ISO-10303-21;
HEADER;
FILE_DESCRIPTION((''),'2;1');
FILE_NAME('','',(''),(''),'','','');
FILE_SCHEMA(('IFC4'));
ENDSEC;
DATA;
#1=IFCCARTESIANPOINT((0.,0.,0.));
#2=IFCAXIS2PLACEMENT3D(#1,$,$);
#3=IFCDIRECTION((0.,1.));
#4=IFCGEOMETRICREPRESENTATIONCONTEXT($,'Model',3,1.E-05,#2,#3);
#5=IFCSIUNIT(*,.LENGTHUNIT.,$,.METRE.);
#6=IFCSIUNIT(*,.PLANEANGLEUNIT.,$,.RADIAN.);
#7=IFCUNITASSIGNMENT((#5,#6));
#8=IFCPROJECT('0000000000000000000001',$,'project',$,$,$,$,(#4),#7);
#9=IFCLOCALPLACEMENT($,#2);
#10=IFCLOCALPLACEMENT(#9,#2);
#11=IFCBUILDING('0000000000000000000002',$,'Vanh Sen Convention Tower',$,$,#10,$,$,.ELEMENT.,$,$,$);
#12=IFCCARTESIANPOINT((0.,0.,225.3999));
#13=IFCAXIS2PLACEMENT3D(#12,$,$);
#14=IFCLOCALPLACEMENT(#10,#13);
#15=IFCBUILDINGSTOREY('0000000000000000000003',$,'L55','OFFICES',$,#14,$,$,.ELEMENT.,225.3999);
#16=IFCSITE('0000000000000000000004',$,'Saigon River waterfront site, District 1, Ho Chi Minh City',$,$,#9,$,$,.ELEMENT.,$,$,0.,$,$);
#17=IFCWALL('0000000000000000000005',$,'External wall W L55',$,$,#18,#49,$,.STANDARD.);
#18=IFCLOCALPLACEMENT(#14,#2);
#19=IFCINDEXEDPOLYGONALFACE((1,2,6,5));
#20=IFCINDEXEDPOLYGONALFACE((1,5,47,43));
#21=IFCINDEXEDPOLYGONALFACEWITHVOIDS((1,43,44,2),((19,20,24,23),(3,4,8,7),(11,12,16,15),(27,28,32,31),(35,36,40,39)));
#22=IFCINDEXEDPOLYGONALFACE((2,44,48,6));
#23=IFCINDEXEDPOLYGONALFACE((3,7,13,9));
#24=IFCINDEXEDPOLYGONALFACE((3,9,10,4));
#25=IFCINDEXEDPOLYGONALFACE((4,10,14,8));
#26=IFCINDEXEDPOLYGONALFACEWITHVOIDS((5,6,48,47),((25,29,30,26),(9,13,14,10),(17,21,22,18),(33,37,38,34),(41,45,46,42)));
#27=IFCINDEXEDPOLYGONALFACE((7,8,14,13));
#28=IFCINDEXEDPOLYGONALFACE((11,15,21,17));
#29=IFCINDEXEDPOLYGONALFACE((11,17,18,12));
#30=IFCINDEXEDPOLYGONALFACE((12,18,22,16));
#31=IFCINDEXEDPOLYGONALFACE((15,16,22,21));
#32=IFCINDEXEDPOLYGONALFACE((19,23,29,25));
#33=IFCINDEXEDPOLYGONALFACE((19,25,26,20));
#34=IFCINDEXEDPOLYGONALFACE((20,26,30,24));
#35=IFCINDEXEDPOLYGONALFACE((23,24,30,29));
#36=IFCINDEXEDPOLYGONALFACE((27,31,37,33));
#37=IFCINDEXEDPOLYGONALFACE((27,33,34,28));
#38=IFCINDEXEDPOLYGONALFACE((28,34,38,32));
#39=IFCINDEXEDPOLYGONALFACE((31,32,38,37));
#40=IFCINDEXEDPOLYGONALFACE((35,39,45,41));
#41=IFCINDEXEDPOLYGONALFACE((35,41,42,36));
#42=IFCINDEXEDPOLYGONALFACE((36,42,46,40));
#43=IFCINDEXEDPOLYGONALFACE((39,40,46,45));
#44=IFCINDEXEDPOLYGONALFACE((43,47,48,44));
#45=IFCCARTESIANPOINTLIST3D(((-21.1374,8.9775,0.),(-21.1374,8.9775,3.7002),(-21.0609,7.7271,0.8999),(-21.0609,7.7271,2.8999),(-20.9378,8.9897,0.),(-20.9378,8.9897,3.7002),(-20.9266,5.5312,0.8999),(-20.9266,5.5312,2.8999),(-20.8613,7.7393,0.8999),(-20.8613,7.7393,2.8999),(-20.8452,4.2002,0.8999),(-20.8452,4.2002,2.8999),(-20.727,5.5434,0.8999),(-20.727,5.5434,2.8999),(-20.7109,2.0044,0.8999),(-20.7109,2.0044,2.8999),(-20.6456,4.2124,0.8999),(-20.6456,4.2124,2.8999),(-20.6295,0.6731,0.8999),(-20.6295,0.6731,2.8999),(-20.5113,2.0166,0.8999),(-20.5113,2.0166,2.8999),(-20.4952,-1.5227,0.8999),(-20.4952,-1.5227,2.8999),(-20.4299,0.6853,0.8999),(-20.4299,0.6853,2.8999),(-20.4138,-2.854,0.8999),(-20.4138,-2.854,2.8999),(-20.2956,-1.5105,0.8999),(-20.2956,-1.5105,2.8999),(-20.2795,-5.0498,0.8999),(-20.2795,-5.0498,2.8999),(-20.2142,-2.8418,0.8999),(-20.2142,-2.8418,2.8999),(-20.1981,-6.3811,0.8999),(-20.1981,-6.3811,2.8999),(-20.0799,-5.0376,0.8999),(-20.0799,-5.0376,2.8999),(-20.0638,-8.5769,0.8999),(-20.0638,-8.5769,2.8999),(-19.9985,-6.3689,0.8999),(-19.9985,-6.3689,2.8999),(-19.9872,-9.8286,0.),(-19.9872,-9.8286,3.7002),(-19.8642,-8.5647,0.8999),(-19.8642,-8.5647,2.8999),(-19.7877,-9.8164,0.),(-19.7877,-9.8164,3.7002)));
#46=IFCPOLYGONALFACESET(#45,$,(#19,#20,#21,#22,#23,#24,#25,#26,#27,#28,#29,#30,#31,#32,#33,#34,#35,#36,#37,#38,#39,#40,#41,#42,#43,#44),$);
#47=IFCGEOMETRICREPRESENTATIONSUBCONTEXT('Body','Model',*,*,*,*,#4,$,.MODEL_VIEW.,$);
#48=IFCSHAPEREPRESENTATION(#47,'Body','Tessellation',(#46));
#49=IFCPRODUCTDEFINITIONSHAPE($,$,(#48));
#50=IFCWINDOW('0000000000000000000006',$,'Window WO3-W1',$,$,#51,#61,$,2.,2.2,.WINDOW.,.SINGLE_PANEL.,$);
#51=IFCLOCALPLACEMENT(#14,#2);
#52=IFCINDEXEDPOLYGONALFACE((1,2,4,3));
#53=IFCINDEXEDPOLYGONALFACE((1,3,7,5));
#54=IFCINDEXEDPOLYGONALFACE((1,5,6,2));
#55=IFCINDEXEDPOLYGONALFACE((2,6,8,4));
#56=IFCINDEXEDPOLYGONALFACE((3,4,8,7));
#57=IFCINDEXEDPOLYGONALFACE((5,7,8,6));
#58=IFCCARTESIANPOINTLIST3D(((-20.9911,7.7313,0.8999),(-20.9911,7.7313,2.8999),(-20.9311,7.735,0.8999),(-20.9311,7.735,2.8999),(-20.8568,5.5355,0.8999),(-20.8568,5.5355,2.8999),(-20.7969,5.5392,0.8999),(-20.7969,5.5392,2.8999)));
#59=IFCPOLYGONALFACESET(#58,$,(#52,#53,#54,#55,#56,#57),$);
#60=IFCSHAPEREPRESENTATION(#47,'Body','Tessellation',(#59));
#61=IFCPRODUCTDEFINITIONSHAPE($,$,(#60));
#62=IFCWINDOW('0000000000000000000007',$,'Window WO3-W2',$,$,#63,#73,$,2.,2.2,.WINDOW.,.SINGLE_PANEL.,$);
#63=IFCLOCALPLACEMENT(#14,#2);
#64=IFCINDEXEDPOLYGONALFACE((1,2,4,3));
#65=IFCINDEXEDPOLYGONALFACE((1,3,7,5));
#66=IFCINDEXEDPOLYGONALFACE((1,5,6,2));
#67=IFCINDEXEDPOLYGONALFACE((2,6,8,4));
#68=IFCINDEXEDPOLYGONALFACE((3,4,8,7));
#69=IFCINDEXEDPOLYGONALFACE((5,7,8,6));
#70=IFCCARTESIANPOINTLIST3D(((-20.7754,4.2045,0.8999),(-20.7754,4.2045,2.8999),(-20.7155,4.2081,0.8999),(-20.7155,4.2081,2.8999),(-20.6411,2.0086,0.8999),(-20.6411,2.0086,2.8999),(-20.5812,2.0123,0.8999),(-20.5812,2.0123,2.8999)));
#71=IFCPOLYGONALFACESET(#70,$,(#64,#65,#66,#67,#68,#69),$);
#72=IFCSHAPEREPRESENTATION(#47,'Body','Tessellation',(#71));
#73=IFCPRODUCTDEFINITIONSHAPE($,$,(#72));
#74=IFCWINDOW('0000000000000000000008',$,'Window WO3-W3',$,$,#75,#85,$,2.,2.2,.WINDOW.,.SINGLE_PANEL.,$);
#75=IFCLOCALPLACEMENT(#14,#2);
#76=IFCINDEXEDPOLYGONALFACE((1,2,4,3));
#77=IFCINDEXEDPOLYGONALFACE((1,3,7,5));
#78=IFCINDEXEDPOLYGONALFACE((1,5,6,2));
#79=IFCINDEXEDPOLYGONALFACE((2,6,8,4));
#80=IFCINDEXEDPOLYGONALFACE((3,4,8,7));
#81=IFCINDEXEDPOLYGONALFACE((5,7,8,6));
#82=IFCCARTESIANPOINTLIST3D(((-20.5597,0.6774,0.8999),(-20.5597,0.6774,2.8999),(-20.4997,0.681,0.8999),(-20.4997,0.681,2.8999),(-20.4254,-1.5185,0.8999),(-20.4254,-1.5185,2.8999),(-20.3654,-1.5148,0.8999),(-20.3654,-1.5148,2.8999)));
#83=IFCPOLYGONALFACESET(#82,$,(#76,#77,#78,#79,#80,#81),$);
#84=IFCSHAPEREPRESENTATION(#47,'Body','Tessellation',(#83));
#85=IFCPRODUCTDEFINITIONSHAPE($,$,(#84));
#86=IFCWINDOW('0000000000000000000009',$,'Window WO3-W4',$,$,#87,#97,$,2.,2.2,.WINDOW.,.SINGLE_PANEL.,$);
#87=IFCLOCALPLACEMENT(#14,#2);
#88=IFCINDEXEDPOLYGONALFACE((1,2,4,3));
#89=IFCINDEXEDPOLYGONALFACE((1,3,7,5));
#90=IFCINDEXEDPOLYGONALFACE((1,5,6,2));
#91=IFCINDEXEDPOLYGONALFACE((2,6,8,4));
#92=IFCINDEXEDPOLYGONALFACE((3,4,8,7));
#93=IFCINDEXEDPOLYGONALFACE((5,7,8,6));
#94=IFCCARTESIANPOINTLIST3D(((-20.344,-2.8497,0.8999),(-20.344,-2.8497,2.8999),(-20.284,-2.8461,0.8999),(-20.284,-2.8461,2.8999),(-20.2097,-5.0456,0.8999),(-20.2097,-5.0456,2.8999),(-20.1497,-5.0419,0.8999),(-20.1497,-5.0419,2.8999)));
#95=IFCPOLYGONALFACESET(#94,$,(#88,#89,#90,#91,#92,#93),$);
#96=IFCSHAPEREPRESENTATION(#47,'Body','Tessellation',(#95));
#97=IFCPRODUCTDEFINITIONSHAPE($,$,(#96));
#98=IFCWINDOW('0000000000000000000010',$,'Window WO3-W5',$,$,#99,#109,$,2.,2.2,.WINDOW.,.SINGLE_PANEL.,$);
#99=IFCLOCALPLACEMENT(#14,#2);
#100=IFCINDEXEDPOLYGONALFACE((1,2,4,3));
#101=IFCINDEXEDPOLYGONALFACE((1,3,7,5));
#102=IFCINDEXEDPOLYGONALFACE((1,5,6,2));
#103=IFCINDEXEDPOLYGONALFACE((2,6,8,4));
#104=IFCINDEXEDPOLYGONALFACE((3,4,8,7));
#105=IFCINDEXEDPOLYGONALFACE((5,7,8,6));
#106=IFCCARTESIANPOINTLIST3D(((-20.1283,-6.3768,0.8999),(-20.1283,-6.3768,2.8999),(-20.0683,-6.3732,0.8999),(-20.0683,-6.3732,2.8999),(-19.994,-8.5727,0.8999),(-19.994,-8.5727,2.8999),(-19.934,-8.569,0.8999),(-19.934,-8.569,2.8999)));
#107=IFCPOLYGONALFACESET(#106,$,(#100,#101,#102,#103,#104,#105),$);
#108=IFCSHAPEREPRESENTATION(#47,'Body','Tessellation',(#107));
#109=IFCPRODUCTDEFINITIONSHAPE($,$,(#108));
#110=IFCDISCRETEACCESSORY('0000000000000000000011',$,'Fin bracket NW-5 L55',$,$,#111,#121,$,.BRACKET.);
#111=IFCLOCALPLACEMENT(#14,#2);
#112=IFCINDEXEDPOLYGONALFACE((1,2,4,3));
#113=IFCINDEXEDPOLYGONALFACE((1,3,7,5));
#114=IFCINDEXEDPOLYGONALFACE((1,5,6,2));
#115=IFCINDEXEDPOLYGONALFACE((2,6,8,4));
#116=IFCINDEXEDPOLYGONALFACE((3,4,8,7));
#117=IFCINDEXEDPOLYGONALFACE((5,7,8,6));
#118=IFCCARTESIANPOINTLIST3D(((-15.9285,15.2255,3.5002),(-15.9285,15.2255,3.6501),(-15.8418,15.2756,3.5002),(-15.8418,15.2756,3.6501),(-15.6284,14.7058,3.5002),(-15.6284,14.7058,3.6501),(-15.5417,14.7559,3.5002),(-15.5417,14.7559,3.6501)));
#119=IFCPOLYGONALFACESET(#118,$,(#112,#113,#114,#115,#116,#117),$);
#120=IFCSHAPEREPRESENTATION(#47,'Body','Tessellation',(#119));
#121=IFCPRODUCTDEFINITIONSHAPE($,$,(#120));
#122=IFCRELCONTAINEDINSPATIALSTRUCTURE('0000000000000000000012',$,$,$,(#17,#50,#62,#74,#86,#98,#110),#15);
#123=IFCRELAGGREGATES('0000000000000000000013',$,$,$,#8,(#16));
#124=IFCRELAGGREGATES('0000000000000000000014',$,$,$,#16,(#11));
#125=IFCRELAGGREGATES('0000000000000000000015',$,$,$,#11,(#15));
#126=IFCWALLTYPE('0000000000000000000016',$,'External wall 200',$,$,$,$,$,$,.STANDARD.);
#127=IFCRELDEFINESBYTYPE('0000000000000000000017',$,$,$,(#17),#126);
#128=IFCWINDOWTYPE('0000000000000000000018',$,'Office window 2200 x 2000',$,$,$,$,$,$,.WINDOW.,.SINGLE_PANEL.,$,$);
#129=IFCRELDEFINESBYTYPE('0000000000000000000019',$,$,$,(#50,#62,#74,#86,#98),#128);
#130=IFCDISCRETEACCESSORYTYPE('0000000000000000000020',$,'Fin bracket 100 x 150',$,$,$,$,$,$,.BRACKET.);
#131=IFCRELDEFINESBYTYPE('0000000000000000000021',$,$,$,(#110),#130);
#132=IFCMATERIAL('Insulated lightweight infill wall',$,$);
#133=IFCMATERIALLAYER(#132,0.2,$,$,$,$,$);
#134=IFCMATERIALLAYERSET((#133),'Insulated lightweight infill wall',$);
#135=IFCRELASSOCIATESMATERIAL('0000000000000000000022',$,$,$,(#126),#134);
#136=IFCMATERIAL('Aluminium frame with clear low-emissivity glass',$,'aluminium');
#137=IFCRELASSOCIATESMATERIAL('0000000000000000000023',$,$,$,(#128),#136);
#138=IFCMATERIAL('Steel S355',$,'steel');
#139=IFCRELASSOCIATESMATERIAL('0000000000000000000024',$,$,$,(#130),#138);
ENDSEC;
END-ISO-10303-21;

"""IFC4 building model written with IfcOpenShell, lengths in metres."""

from ifc_helpers import new_model, si_unit, direction, frame, frame_2d, origin, origin_2d, place, context, subcontext, project, spatial, rectangle, extrude, material, layer, layer_set, type_object, element, fill, save


model = new_model("IFC4")

# Units and contexts
model_context = context("Model", 3, precision=1e-05, world=origin(), true_north=direction((0.0, 1.0)))
body_context = subcontext(model_context, "Body", "Model", "MODEL_VIEW")
ifc_project = project(units=[si_unit("LENGTHUNIT", "METRE"), si_unit("PLANEANGLEUNIT", "RADIAN")], contexts=[model_context])

# Site, building, storey
site_placement = place(None, origin())
site = spatial("IfcSite", under=ifc_project, at=site_placement, Name="Saigon River waterfront site, District 1, Ho Chi Minh City", CompositionType="ELEMENT", RefElevation=0.0)
building_placement = place(site_placement, origin())
building = spatial("IfcBuilding", under=site, at=building_placement, Name="Vanh Sen Convention Tower", CompositionType="ELEMENT")
storey_placement = place(building_placement, frame((0.0, 0.0, 225.3999)))
storey = spatial("IfcBuildingStorey", under=building, at=storey_placement, Name="L55", Description="OFFICES", CompositionType="ELEMENT", Elevation=225.3999)

# Shared definitions
ifc_material_1 = material(Name="Insulated lightweight infill wall")
ifc_layer_1 = layer(ifc_material_1, 0.2)
ifc_layer_set_1 = layer_set([ifc_layer_1], Name="Insulated lightweight infill wall")
wall_type_1 = type_object("IfcWallType", Name="External wall 200", PredefinedType="STANDARD", material=ifc_layer_set_1)
ifc_material_2 = material(Name="Aluminium frame with clear low-emissivity glass", Category="aluminium")

# Wall, openings, windows
wall_1_placement = place(storey_placement, frame((-21.0376, 8.9836, 0.0), z_axis=(0.0, 0.0, 1.0), x_axis=(0.061044, -0.998135, 0.0)))
wall_1 = element("IfcWall", 1, at=wall_1_placement, inside=storey, type_object=wall_type_1, Name="External wall W L55", PredefinedType="STANDARD", context=body_context, shape_type="SweptSolid", body=[
    extrude(rectangle(XDim=18.8413, YDim=0.2, at=frame_2d((9.4207, 0.0))), origin(), (0.0, 0.0, 1.0), 3.7002),
])
opening_1_placement = place(wall_1_placement, frame((1.2527, 0.0, 0.8999)))
opening_1 = element("IfcOpeningElement", 2, at=opening_1_placement, cuts=wall_1, PredefinedType="OPENING", context=body_context, shape_type="SweptSolid", body=[
    extrude(rectangle(XDim=2.2, YDim=2.0, at=frame_2d((1.1001, 1.0))), frame((0.0, 0.1099, 0.0), z_axis=(0.0, -1.0, 0.0), x_axis=(1.0, 0.0, 0.0)), (0.0, 0.0, 1.0), 0.22),
])
opening_2_placement = place(wall_1_placement, frame((4.7861, 0.0, 0.8999)))
opening_2 = element("IfcOpeningElement", 3, at=opening_2_placement, cuts=wall_1, PredefinedType="OPENING", context=body_context, shape_type="SweptSolid", body=[
    extrude(rectangle(XDim=2.2, YDim=2.0, at=frame_2d((1.1001, 1.0))), frame((0.0, 0.1099, 0.0), z_axis=(0.0, -1.0, 0.0), x_axis=(1.0, 0.0, 0.0)), (0.0, 0.0, 1.0), 0.22),
])
opening_3_placement = place(wall_1_placement, frame((8.3198, 0.0, 0.8999)))
opening_3 = element("IfcOpeningElement", 4, at=opening_3_placement, cuts=wall_1, PredefinedType="OPENING", context=body_context, shape_type="SweptSolid", body=[
    extrude(rectangle(XDim=2.2, YDim=2.0, at=frame_2d((1.1001, 1.0))), frame((0.0, 0.1099, 0.0), z_axis=(0.0, -1.0, 0.0), x_axis=(1.0, 0.0, 0.0)), (0.0, 0.0, 1.0), 0.22),
])
opening_4_placement = place(wall_1_placement, frame((11.8535, 0.0, 0.8999)))
opening_4 = element("IfcOpeningElement", 5, at=opening_4_placement, cuts=wall_1, PredefinedType="OPENING", context=body_context, shape_type="SweptSolid", body=[
    extrude(rectangle(XDim=2.2, YDim=2.0, at=frame_2d((1.1001, 1.0))), frame((0.0, 0.1099, 0.0), z_axis=(0.0, -1.0, 0.0), x_axis=(1.0, 0.0, 0.0)), (0.0, 0.0, 1.0), 0.22),
])
opening_5_placement = place(wall_1_placement, frame((15.3872, 0.0, 0.8999)))
opening_5 = element("IfcOpeningElement", 6, at=opening_5_placement, cuts=wall_1, PredefinedType="OPENING", context=body_context, shape_type="SweptSolid", body=[
    extrude(rectangle(XDim=2.2, YDim=2.0, at=frame_2d((1.1001, 1.0))), frame((0.0, 0.1099, 0.0), z_axis=(0.0, -1.0, 0.0), x_axis=(1.0, 0.0, 0.0)), (0.0, 0.0, 1.0), 0.22),
])
window_type_1 = type_object("IfcWindowType", Name="Office window 2200 x 2000", PartitioningType="SINGLE_PANEL", PredefinedType="WINDOW", material=ifc_material_2)
window_1_placement = place(opening_1_placement, origin())
window_1 = element("IfcWindow", 7, at=window_1_placement, inside=storey, type_object=window_type_1, Name="Window WO3-W1", OverallHeight=2.0, OverallWidth=2.2, PartitioningType="SINGLE_PANEL", PredefinedType="WINDOW", context=body_context, shape_type="SweptSolid", body=[
    extrude(rectangle(XDim=2.2, YDim=2.0, at=frame_2d((1.1001, 1.0))), frame((0.0, 0.03, 0.0), z_axis=(0.0, -1.0, 0.0), x_axis=(1.0, 0.0, 0.0)), (0.0, 0.0, 1.0), 0.0601),
])
fill(opening_1, window_1)
window_2_placement = place(opening_2_placement, origin())
window_2 = element("IfcWindow", 8, at=window_2_placement, inside=storey, type_object=window_type_1, Name="Window WO3-W2", OverallHeight=2.0, OverallWidth=2.2, PartitioningType="SINGLE_PANEL", PredefinedType="WINDOW", context=body_context, shape_type="SweptSolid", body=[
    extrude(rectangle(XDim=2.2, YDim=2.0, at=frame_2d((1.1001, 1.0))), frame((0.0, 0.03, 0.0), z_axis=(0.0, -1.0, 0.0), x_axis=(1.0, 0.0, 0.0)), (0.0, 0.0, 1.0), 0.0601),
])
fill(opening_2, window_2)
window_3_placement = place(opening_3_placement, origin())
window_3 = element("IfcWindow", 9, at=window_3_placement, inside=storey, type_object=window_type_1, Name="Window WO3-W3", OverallHeight=2.0, OverallWidth=2.2, PartitioningType="SINGLE_PANEL", PredefinedType="WINDOW", context=body_context, shape_type="SweptSolid", body=[
    extrude(rectangle(XDim=2.2, YDim=2.0, at=frame_2d((1.1001, 1.0))), frame((0.0, 0.03, 0.0), z_axis=(0.0, -1.0, 0.0), x_axis=(1.0, 0.0, 0.0)), (0.0, 0.0, 1.0), 0.0601),
])
fill(opening_3, window_3)
window_4_placement = place(opening_4_placement, origin())
window_4 = element("IfcWindow", 10, at=window_4_placement, inside=storey, type_object=window_type_1, Name="Window WO3-W4", OverallHeight=2.0, OverallWidth=2.2, PartitioningType="SINGLE_PANEL", PredefinedType="WINDOW", context=body_context, shape_type="SweptSolid", body=[
    extrude(rectangle(XDim=2.2, YDim=2.0, at=frame_2d((1.1001, 1.0))), frame((0.0, 0.03, 0.0), z_axis=(0.0, -1.0, 0.0), x_axis=(1.0, 0.0, 0.0)), (0.0, 0.0, 1.0), 0.0601),
])
fill(opening_4, window_4)
window_5_placement = place(opening_5_placement, origin())
window_5 = element("IfcWindow", 11, at=window_5_placement, inside=storey, type_object=window_type_1, Name="Window WO3-W5", OverallHeight=2.0, OverallWidth=2.2, PartitioningType="SINGLE_PANEL", PredefinedType="WINDOW", context=body_context, shape_type="SweptSolid", body=[
    extrude(rectangle(XDim=2.2, YDim=2.0, at=frame_2d((1.1001, 1.0))), frame((0.0, 0.03, 0.0), z_axis=(0.0, -1.0, 0.0), x_axis=(1.0, 0.0, 0.0)), (0.0, 0.0, 1.0), 0.0601),
])
fill(opening_5, window_5)

# Discrete accessory
ifc_material_3 = material(Name="Steel S355", Category="steel")
discrete_accessory_type = type_object("IfcDiscreteAccessoryType", Name="Fin bracket 100 x 150", PredefinedType="BRACKET", material=ifc_material_3)
discrete_accessory_placement = place(storey_placement, frame((-15.7351, 14.9907, 3.5002), z_axis=(0.0, 0.0, 1.0), x_axis=(-0.5, 0.866025, 0.0)))
element("IfcDiscreteAccessory", 12, at=discrete_accessory_placement, inside=storey, type_object=discrete_accessory_type, Name="Fin bracket NW-5 L55", PredefinedType="BRACKET", context=body_context, shape_type="SweptSolid", body=[
    extrude(rectangle(XDim=0.6001, YDim=0.1001, at=origin_2d()), origin(), (0.0, 0.0, 1.0), 0.1499),
])

save(model, "model.ifc")
